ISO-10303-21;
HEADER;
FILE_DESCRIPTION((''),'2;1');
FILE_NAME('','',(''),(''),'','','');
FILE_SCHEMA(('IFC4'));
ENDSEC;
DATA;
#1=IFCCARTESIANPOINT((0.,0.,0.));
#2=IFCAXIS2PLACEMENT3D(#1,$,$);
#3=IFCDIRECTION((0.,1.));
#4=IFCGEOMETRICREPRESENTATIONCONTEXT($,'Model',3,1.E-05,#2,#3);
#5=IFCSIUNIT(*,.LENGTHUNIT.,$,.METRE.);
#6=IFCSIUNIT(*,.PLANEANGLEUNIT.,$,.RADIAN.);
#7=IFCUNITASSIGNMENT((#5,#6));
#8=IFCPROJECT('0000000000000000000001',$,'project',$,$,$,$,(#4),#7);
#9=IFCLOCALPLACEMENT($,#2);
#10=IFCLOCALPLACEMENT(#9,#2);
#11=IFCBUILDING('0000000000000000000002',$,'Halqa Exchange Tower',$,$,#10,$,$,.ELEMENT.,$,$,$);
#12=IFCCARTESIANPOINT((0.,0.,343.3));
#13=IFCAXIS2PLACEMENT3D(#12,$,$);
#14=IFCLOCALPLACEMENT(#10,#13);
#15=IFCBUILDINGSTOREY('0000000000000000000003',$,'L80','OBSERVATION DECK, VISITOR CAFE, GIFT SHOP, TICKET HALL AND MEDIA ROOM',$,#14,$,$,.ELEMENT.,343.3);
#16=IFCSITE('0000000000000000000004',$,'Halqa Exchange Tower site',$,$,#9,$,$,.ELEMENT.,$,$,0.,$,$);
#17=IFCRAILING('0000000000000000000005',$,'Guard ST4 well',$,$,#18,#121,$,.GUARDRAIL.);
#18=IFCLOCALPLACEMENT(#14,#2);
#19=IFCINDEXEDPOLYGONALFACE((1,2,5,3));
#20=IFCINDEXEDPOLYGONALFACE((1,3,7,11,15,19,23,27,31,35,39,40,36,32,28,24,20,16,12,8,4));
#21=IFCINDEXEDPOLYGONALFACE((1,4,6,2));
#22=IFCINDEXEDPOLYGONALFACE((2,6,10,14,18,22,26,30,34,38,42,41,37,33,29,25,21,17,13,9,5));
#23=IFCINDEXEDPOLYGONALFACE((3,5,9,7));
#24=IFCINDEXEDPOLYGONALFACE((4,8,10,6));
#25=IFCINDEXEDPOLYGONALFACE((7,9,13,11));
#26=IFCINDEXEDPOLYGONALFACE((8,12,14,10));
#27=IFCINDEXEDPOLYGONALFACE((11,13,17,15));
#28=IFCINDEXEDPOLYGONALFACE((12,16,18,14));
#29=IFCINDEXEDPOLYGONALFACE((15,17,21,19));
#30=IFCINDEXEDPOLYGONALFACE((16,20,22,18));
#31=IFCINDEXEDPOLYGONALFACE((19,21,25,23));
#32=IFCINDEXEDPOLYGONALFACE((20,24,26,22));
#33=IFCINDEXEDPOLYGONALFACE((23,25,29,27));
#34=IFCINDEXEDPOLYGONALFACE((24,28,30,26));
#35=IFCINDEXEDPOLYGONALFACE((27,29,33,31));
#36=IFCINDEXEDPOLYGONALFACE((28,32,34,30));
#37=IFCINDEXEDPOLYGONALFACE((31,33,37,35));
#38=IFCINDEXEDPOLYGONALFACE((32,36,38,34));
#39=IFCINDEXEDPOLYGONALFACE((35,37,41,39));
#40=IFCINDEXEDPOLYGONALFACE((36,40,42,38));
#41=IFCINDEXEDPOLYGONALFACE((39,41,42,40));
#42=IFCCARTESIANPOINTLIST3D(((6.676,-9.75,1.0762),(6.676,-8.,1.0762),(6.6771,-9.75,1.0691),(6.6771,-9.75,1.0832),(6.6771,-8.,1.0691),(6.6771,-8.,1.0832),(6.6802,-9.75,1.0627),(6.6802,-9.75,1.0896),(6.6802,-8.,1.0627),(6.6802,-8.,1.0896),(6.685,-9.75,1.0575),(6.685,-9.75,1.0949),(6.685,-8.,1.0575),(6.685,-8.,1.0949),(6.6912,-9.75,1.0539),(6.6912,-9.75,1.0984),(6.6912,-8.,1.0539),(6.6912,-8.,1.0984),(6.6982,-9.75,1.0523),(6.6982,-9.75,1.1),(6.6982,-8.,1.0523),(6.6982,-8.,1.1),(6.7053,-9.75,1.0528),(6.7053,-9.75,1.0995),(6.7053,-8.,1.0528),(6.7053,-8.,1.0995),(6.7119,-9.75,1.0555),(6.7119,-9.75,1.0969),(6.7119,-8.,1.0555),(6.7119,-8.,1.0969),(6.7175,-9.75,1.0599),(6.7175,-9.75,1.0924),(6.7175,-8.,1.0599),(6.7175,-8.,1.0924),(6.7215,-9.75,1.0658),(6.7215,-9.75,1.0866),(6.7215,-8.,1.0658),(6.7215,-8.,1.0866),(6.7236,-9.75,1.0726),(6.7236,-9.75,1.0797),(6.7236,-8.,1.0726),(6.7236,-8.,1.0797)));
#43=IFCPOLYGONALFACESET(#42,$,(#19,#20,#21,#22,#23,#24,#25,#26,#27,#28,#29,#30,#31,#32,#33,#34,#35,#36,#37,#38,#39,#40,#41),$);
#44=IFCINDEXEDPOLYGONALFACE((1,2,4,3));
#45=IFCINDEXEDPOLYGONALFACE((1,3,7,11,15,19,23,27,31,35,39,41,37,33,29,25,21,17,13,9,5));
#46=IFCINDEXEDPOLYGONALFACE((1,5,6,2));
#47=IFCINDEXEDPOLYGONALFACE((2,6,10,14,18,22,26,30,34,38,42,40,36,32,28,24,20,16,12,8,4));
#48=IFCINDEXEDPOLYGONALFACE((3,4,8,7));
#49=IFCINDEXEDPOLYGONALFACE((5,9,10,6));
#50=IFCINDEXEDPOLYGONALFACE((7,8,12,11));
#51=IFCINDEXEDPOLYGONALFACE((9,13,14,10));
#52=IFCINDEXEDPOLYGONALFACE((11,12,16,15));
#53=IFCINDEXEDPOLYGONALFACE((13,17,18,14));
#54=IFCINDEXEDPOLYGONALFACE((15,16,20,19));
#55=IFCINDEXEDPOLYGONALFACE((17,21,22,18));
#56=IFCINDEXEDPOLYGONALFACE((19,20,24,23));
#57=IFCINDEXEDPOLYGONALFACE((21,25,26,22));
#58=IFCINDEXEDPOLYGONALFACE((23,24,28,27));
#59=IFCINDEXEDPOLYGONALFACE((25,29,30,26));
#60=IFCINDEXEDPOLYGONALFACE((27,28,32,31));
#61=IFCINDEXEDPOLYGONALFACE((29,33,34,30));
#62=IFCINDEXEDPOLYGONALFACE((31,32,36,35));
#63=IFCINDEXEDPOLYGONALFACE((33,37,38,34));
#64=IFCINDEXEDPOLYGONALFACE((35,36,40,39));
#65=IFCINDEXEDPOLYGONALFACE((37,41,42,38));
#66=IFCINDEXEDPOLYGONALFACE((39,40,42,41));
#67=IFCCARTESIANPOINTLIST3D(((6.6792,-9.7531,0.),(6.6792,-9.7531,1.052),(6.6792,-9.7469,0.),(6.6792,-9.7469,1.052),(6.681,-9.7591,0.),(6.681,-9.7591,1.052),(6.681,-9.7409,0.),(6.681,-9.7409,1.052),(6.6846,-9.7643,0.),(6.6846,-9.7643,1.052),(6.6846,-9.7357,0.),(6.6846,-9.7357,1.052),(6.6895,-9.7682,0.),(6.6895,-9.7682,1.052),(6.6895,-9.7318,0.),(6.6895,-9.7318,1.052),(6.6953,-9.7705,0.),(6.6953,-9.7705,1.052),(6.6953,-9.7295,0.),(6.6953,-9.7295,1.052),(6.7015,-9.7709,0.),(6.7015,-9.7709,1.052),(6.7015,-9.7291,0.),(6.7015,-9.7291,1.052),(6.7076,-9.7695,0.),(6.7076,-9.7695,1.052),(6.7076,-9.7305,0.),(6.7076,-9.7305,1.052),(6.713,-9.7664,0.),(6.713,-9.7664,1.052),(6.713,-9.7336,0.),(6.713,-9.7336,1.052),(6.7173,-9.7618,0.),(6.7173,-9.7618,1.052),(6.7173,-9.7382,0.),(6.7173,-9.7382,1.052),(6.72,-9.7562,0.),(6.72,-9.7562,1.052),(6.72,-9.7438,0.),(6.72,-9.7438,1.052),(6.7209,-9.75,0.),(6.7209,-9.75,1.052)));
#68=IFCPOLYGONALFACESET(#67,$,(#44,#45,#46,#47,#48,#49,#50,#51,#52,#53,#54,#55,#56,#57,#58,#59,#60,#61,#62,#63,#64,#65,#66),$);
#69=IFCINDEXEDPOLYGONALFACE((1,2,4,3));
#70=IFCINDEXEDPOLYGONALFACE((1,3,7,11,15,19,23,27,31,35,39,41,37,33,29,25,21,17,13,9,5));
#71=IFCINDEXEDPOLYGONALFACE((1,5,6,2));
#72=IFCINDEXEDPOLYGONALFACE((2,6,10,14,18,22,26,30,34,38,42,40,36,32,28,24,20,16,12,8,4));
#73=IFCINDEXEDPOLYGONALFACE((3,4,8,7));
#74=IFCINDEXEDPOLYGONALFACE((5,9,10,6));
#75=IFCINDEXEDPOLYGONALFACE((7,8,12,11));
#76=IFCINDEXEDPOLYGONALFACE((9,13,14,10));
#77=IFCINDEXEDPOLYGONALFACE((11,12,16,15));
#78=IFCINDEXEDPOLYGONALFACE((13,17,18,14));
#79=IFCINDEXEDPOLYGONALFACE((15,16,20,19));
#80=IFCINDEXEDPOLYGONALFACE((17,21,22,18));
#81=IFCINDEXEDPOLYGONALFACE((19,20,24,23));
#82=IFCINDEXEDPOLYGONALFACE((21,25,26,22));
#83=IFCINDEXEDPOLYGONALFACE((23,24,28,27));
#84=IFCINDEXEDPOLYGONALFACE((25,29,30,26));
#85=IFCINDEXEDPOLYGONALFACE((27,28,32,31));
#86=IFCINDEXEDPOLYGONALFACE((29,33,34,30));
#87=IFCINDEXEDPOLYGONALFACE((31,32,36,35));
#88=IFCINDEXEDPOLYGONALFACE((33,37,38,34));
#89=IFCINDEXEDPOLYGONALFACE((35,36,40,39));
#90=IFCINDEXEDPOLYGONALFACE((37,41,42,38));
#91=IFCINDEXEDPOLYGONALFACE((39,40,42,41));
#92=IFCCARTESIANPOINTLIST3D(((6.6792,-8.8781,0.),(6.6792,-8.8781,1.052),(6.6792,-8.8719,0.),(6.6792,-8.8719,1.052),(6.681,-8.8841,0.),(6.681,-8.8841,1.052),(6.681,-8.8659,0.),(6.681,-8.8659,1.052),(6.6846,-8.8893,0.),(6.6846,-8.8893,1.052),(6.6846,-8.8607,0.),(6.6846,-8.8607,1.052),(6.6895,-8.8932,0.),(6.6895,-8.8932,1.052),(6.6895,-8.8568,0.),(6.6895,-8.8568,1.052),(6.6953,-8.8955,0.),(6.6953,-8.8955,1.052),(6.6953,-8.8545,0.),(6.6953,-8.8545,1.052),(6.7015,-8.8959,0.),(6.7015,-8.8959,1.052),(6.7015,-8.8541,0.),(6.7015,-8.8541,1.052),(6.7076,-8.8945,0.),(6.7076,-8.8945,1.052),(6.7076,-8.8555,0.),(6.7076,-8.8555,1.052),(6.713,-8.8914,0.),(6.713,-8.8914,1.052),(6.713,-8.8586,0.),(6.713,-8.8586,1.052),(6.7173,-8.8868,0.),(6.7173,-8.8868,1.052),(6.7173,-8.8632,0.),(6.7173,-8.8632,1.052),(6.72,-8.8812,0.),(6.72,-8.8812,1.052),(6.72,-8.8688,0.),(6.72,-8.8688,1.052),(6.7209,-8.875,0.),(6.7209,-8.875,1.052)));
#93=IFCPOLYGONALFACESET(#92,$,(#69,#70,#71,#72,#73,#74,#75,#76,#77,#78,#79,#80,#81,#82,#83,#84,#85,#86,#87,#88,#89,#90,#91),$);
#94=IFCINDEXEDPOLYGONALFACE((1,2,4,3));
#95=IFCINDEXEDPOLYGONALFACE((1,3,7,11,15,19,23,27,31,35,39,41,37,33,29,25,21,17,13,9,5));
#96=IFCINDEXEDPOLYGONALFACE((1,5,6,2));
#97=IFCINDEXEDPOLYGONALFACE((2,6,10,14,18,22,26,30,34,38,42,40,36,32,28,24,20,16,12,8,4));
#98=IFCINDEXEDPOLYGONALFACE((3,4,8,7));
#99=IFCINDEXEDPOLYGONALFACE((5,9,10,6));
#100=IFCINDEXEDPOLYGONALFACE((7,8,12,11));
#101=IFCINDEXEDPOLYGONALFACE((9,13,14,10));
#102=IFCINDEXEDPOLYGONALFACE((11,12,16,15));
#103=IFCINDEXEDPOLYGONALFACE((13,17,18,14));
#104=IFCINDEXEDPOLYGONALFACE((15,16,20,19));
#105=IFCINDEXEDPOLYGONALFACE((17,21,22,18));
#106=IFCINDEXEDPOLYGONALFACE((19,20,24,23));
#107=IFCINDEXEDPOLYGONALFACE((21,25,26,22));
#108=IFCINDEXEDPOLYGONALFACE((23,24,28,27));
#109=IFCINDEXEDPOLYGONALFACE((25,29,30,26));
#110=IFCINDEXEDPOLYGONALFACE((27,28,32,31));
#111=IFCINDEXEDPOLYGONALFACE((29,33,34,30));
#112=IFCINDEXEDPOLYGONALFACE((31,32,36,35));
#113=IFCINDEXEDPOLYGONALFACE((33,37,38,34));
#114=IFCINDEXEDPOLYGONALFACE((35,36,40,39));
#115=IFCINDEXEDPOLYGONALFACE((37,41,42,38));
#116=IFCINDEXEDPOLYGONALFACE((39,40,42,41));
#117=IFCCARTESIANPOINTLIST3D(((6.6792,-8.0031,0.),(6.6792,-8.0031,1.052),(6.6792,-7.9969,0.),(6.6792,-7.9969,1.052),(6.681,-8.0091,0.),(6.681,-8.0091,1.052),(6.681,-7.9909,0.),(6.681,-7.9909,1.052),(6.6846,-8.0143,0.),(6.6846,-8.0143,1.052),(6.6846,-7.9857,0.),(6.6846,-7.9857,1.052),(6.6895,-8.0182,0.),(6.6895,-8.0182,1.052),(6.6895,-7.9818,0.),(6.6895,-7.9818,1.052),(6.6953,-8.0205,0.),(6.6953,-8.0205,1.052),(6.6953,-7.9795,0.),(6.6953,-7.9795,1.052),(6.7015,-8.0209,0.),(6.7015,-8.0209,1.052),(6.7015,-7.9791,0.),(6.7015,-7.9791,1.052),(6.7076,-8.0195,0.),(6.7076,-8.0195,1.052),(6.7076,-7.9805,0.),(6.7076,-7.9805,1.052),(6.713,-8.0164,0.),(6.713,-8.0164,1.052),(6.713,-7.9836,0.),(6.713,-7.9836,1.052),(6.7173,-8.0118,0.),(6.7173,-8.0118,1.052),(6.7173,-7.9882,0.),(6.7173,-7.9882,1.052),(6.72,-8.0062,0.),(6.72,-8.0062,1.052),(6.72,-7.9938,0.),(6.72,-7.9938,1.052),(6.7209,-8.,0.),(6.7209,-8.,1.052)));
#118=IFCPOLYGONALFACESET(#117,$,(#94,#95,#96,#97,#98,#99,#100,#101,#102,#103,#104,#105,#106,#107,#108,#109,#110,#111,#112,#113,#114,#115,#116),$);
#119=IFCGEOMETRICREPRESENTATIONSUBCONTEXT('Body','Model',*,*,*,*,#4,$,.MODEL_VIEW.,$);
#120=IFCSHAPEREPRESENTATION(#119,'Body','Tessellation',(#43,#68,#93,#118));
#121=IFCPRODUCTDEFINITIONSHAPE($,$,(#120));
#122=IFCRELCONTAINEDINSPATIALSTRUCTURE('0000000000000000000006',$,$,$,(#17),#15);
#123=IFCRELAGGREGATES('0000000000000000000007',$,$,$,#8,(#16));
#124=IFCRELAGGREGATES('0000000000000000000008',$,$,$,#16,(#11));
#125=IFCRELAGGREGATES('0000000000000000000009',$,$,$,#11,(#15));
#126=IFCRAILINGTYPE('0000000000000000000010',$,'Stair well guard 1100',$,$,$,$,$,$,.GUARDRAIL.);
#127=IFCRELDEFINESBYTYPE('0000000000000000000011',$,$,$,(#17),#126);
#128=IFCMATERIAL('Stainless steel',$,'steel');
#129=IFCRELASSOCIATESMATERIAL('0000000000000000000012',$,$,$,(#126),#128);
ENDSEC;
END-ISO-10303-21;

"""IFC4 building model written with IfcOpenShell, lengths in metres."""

from ifc_helpers import new_model, si_unit, direction, frame, origin, origin_2d, place, context, subcontext, project, spatial, circle, extrude, material, type_object, element, save


model = new_model("IFC4")

# Units and contexts
model_context = context("Model", 3, precision=1e-05, world=origin(), true_north=direction((0.0, 1.0)))
body_context = subcontext(model_context, "Body", "Model", "MODEL_VIEW")
ifc_project = project(units=[si_unit("LENGTHUNIT", "METRE"), si_unit("PLANEANGLEUNIT", "RADIAN")], contexts=[model_context])

# Site, building, storey
site_placement = place(None, origin())
site = spatial("IfcSite", under=ifc_project, at=site_placement, Name="Halqa Exchange Tower site", CompositionType="ELEMENT", RefElevation=0.0)
building_placement = place(site_placement, origin())
building = spatial("IfcBuilding", under=site, at=building_placement, Name="Halqa Exchange Tower", CompositionType="ELEMENT")
storey_placement = place(building_placement, frame((0.0, 0.0, 343.3)))
storey = spatial("IfcBuildingStorey", under=building, at=storey_placement, Name="L80", Description="OBSERVATION DECK, VISITOR CAFE, GIFT SHOP, TICKET HALL AND MEDIA ROOM", CompositionType="ELEMENT", Elevation=343.3)

# Railing
ifc_material_1 = material(Name="Stainless steel", Category="steel")
railing_type_1 = type_object("IfcRailingType", Name="Stair well guard 1100", PredefinedType="GUARDRAIL", material=ifc_material_1)
railing_1_placement = place(storey_placement, frame((6.7, -9.75, 0.0)))
element("IfcRailing", 1, at=railing_1_placement, inside=storey, type_object=railing_type_1, Name="Guard ST4 well", PredefinedType="GUARDRAIL", context=body_context, shape_type="SweptSolid", body=[
    extrude(circle(Radius=0.0239, at=origin_2d()), frame((0.0, 0.0, 1.0762), z_axis=(0.0, 1.0, 0.0), x_axis=(-1.0, 0.0, 0.0)), (0.0, 0.0, 1.0), 1.75),
    extrude(circle(Radius=0.021, at=origin_2d()), origin(), (0.0, 0.0, 1.0), 1.052),
    extrude(circle(Radius=0.021, at=origin_2d()), frame((0.0, 0.875, 0.0)), (0.0, 0.0, 1.0), 1.052),
    extrude(circle(Radius=0.021, at=origin_2d()), frame((0.0, 1.75, 0.0)), (0.0, 0.0, 1.0), 1.052),
])

save(model, "model.ifc")
